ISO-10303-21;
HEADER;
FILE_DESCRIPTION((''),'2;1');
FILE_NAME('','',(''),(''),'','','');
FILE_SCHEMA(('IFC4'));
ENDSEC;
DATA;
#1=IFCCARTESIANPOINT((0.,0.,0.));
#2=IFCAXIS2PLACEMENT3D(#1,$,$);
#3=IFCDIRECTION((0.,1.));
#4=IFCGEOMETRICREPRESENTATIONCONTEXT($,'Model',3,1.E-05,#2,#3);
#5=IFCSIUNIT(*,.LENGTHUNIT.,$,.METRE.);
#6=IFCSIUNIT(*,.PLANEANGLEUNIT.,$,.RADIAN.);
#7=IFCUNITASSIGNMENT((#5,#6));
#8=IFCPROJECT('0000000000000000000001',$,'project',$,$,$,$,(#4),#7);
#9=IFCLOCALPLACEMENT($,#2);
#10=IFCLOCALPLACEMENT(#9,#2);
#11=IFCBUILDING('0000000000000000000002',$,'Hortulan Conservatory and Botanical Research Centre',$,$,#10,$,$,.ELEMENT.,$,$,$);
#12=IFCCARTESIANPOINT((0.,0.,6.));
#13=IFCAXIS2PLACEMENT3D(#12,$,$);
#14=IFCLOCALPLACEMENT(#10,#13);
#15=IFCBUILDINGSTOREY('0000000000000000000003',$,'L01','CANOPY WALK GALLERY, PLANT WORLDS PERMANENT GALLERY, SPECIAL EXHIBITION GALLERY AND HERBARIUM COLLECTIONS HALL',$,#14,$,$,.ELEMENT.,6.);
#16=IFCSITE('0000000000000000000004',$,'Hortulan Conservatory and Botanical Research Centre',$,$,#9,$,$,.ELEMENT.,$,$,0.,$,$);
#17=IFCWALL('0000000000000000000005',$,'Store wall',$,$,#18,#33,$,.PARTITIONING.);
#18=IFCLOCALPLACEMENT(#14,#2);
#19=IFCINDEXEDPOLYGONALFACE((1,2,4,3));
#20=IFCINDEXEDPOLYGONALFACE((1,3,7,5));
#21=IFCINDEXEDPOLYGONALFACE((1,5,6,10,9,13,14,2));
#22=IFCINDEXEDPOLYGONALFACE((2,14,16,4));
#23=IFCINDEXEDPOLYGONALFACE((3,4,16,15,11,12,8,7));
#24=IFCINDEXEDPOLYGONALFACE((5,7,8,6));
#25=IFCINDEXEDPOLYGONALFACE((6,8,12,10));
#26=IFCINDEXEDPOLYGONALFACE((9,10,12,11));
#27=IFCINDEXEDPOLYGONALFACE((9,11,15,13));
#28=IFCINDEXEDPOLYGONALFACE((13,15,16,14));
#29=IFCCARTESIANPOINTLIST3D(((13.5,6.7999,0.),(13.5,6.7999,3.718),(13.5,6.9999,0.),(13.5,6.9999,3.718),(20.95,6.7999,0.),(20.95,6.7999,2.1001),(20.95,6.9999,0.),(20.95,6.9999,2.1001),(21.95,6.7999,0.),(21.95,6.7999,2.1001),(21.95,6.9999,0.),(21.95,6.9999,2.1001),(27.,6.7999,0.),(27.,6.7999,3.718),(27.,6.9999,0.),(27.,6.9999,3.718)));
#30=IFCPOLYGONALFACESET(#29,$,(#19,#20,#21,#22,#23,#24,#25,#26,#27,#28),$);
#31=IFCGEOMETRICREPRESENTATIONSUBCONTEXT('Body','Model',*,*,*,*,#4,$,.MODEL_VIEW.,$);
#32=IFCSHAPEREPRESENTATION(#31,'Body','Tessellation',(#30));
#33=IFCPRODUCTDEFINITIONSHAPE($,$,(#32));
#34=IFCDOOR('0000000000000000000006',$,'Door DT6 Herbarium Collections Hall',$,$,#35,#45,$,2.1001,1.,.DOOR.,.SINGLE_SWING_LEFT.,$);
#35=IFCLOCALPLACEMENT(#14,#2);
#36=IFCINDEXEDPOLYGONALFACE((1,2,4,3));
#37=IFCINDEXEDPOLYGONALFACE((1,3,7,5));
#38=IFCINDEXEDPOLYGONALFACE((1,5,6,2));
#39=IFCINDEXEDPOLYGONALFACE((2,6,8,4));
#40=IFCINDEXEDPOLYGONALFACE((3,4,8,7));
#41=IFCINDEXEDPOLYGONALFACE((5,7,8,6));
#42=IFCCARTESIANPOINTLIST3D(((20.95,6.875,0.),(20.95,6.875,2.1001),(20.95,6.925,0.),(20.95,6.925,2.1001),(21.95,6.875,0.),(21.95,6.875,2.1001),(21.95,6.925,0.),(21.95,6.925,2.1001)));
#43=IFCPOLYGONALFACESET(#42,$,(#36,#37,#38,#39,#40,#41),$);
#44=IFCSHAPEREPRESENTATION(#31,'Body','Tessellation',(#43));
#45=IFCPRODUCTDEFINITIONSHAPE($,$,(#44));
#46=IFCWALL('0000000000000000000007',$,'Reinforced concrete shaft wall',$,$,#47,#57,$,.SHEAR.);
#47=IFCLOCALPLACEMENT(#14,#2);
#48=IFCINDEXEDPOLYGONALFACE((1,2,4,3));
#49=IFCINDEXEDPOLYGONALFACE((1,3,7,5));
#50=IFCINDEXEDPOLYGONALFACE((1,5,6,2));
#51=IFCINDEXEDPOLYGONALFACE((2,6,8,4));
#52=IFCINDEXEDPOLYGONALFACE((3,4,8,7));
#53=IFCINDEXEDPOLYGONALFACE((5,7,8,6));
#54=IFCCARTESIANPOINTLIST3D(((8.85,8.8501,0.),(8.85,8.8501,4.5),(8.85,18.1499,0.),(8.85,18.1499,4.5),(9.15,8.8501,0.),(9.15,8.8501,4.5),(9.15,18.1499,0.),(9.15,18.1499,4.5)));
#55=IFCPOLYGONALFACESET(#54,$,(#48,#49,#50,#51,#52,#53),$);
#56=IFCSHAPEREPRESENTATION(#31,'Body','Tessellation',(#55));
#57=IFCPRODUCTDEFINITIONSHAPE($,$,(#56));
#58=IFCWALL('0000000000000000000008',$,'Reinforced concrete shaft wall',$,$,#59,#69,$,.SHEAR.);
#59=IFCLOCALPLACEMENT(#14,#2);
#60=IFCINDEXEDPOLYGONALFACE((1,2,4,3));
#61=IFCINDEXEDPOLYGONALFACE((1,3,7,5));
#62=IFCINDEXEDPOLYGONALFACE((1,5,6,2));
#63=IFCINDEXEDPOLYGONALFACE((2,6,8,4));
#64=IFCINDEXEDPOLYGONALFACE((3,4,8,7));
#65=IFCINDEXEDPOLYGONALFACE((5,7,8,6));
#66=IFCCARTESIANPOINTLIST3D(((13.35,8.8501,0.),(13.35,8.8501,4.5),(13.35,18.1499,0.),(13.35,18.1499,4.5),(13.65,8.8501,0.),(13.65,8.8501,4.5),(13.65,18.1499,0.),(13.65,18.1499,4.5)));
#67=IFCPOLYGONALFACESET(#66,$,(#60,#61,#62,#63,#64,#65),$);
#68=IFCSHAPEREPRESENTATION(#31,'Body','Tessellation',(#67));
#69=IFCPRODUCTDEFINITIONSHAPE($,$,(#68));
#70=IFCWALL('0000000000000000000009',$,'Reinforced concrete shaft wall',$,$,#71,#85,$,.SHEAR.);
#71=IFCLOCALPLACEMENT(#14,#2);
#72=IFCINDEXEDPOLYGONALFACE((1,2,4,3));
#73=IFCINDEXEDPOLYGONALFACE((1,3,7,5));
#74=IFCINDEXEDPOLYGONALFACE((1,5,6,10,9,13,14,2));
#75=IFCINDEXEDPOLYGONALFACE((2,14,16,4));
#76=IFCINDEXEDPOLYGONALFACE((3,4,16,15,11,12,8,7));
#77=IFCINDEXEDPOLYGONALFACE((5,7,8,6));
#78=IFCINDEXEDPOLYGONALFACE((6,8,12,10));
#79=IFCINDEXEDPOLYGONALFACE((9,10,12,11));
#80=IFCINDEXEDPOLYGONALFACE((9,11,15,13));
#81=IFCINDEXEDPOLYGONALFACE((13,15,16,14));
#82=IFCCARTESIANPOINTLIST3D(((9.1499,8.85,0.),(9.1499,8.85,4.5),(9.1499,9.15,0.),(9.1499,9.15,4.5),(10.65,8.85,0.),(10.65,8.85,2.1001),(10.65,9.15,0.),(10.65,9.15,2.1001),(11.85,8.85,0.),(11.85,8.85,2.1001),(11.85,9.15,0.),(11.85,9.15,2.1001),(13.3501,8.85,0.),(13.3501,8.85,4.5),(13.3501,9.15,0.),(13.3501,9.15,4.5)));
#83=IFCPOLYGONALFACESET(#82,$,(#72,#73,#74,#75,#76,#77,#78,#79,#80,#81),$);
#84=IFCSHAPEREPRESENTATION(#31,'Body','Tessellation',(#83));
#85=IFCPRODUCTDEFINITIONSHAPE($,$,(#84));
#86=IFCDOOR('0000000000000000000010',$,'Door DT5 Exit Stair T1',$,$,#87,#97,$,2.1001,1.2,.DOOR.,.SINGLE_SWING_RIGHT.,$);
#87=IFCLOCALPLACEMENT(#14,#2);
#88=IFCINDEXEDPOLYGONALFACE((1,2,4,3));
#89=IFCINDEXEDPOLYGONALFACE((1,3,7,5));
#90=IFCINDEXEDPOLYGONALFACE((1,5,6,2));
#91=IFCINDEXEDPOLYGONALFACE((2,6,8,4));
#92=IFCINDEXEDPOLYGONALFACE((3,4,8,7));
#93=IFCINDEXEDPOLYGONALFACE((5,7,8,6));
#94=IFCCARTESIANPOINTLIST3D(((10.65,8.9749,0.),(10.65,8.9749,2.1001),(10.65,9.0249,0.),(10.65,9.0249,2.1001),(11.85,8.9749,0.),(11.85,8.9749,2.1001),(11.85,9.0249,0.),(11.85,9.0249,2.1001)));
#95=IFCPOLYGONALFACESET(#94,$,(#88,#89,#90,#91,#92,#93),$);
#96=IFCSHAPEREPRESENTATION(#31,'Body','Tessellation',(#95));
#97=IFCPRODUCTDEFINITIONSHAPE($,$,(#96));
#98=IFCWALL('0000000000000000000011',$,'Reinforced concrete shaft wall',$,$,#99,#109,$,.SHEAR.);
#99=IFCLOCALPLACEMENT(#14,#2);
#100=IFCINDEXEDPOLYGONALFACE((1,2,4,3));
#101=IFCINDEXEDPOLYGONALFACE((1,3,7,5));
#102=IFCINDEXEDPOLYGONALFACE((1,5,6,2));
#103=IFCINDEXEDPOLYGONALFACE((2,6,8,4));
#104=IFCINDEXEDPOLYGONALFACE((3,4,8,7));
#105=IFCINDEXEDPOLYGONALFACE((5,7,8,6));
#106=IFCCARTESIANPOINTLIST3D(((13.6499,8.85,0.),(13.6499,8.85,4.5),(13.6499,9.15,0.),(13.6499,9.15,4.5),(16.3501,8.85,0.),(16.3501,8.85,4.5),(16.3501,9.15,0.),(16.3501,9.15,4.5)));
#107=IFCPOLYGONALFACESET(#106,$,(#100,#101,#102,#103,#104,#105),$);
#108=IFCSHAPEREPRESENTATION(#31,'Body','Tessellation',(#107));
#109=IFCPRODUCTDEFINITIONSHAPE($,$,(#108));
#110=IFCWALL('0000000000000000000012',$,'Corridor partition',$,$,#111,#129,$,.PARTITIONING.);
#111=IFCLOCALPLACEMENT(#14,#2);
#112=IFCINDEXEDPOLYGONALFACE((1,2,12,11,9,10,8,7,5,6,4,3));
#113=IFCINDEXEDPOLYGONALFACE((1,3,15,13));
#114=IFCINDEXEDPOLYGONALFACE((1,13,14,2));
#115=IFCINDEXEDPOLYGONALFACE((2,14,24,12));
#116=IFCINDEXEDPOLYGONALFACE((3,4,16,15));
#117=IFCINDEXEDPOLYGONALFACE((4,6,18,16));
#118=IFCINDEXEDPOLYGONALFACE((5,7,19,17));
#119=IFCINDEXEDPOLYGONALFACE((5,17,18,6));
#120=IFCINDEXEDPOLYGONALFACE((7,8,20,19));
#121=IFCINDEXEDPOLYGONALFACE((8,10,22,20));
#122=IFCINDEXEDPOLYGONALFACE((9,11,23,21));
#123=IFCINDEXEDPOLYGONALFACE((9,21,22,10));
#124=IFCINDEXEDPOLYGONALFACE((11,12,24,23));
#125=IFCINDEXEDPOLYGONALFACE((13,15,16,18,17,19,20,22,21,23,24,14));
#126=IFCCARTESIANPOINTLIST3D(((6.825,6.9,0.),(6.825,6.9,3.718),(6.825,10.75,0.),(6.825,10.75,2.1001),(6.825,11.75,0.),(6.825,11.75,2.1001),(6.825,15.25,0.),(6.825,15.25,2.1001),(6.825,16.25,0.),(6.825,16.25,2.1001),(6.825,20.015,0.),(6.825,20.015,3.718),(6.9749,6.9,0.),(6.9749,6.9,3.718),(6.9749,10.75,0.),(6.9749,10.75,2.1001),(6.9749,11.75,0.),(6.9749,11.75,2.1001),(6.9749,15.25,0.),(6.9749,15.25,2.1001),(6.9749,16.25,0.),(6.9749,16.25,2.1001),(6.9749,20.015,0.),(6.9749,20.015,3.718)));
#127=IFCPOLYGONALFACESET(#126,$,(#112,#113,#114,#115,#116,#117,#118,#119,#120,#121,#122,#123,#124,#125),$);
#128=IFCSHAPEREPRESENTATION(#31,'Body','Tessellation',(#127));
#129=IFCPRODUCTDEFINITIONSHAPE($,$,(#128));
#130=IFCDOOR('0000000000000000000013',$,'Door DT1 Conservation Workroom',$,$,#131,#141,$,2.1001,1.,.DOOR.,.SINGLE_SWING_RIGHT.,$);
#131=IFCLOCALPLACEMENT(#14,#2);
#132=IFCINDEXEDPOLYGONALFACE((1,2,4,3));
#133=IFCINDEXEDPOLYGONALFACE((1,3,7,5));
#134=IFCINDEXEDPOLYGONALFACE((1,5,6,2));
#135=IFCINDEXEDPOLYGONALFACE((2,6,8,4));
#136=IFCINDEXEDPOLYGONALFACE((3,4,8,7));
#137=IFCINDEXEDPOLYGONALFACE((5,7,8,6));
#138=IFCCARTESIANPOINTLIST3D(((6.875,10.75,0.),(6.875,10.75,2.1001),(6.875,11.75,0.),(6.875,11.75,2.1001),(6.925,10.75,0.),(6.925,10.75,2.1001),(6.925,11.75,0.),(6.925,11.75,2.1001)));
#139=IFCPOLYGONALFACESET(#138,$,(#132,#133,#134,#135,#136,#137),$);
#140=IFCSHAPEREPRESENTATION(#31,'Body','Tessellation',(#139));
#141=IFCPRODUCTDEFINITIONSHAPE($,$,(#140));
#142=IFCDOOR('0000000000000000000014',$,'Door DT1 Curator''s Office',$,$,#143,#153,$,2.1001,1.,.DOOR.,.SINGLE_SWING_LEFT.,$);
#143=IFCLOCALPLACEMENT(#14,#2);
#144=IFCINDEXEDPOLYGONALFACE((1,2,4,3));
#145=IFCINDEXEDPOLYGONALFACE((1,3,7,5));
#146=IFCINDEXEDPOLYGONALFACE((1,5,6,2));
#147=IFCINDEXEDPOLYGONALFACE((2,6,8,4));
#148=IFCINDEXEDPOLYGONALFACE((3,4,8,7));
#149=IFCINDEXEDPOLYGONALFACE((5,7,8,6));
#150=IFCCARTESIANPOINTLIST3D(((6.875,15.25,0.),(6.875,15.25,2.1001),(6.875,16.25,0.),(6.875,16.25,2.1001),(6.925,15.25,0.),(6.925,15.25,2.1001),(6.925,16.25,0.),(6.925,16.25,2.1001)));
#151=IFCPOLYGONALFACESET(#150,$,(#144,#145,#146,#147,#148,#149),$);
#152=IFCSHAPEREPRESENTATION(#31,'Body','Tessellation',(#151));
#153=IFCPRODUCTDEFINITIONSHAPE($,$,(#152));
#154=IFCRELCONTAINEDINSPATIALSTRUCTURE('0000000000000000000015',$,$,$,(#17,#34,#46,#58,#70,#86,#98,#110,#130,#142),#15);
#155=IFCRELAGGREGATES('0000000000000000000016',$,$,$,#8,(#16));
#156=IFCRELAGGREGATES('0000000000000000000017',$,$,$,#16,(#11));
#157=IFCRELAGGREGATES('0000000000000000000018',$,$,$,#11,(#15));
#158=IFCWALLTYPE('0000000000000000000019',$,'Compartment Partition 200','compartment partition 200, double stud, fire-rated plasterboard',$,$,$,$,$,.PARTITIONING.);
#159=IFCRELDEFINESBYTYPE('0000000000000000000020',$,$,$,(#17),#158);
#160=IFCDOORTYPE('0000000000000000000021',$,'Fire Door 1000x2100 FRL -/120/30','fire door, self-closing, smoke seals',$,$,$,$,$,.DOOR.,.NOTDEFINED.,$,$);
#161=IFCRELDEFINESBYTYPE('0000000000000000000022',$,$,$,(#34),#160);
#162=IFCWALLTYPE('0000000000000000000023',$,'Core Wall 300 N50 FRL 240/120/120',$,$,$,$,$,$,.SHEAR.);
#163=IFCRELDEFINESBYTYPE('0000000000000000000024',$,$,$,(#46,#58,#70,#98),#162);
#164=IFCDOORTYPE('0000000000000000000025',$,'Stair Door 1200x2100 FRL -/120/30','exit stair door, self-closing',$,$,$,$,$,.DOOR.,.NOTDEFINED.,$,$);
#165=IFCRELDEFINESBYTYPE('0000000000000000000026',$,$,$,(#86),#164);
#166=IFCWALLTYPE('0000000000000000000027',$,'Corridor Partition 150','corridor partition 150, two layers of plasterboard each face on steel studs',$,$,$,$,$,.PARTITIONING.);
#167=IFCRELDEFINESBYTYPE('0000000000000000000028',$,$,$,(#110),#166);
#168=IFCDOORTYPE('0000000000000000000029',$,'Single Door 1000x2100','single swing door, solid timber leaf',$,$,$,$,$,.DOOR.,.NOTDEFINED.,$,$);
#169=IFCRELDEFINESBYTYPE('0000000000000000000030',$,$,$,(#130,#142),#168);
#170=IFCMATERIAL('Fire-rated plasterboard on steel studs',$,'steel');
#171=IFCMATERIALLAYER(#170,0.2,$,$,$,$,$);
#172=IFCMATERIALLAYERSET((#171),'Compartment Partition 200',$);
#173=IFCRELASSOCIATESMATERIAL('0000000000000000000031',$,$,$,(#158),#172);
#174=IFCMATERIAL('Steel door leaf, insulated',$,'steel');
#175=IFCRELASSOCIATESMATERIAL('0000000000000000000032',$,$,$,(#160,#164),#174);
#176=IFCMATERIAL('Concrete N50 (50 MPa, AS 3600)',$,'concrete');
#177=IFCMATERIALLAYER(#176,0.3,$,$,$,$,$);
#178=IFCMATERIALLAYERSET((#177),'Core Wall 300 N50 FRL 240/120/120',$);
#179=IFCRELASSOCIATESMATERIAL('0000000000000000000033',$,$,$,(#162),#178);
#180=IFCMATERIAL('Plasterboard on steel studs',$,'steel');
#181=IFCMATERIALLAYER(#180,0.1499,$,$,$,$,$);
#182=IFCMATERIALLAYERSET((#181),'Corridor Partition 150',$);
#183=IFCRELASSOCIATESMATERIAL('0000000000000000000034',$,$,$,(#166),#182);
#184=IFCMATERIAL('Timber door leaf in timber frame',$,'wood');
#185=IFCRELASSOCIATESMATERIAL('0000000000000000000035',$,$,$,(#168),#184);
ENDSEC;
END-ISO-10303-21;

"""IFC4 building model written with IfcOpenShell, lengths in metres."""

from ifc_helpers import new_model, si_unit, direction, frame, frame_2d, origin, place, context, subcontext, project, spatial, rectangle, extrude, material, layer, layer_set, type_object, element, fill, save


model = new_model("IFC4")

# Units and contexts
model_context = context("Model", 3, precision=1e-05, world=origin(), true_north=direction((0.0, 1.0)))
body_context = subcontext(model_context, "Body", "Model", "MODEL_VIEW")
ifc_project = project(units=[si_unit("LENGTHUNIT", "METRE"), si_unit("PLANEANGLEUNIT", "RADIAN")], contexts=[model_context])

# Site, building, storey
site_placement = place(None, origin())
site = spatial("IfcSite", under=ifc_project, at=site_placement, Name="Hortulan Conservatory and Botanical Research Centre", CompositionType="ELEMENT", RefElevation=0.0)
building_placement = place(site_placement, origin())
building = spatial("IfcBuilding", under=site, at=building_placement, Name="Hortulan Conservatory and Botanical Research Centre", CompositionType="ELEMENT")
storey_placement = place(building_placement, frame((0.0, 0.0, 6.0)))
storey = spatial("IfcBuildingStorey", under=building, at=storey_placement, Name="L01", Description="CANOPY WALK GALLERY, PLANT WORLDS PERMANENT GALLERY, SPECIAL EXHIBITION GALLERY AND HERBARIUM COLLECTIONS HALL", CompositionType="ELEMENT", Elevation=6.0)

# Wall, opening, door
ifc_material_1 = material(Name="Fire-rated plasterboard on steel studs", Category="steel")
ifc_layer_1 = layer(ifc_material_1, 0.2)
ifc_layer_set_1 = layer_set([ifc_layer_1], Name="Compartment Partition 200")
wall_type_1 = type_object("IfcWallType", Name="Compartment Partition 200", Description="compartment partition 200, double stud, fire-rated plasterboard", PredefinedType="PARTITIONING", material=ifc_layer_set_1)
wall_1_placement = place(storey_placement, frame((13.5, 6.8999, 0.0), z_axis=(0.0, 0.0, 1.0), x_axis=(1.0, 0.0, 0.0)))
wall_1 = element("IfcWall", 1, at=wall_1_placement, inside=storey, type_object=wall_type_1, Name="Store wall", PredefinedType="PARTITIONING", context=body_context, shape_type="SweptSolid", body=[
    extrude(rectangle(XDim=13.5, YDim=0.2, at=frame_2d((6.75, 0.0))), origin(), (0.0, 0.0, 1.0), 3.718),
])
opening_1_placement = place(wall_1_placement, frame((7.45, 0.0, 0.0)))
opening_1 = element("IfcOpeningElement", 2, at=opening_1_placement, cuts=wall_1, PredefinedType="OPENING", context=body_context, shape_type="SweptSolid", body=[
    extrude(rectangle(XDim=1.0, YDim=2.1001, at=frame_2d((0.5, 1.05))), frame((0.0, 0.1099, 0.0), z_axis=(0.0, -1.0, 0.0), x_axis=(1.0, 0.0, 0.0)), (0.0, 0.0, 1.0), 0.22),
])
ifc_material_2 = material(Name="Steel door leaf, insulated", Category="steel")
door_type_1 = type_object("IfcDoorType", Name="Fire Door 1000x2100 FRL -/120/30", Description="fire door, self-closing, smoke seals", OperationType="NOTDEFINED", PredefinedType="DOOR", material=ifc_material_2)
door_1_placement = place(opening_1_placement, frame((1.0, 0.0, 0.0), z_axis=(0.0, 0.0, 1.0), x_axis=(-1.0, 0.0, 0.0)))
door_1 = element("IfcDoor", 3, at=door_1_placement, inside=storey, type_object=door_type_1, Name="Door DT6 Herbarium Collections Hall", OperationType="SINGLE_SWING_LEFT", OverallHeight=2.1001, OverallWidth=1.0, PredefinedType="DOOR", context=body_context, shape_type="SweptSolid", body=[
    extrude(rectangle(XDim=1.0, YDim=2.1001, at=frame_2d((0.5, 1.05))), frame((0.0, 0.0249, 0.0), z_axis=(0.0, -1.0, 0.0), x_axis=(1.0, 0.0, 0.0)), (0.0, 0.0, 1.0), 0.05),
])
fill(opening_1, door_1)

# Walls
ifc_material_3 = material(Name="Concrete N50 (50 MPa, AS 3600)", Category="concrete")
ifc_layer_2 = layer(ifc_material_3, 0.3)
ifc_layer_set_2 = layer_set([ifc_layer_2], Name="Core Wall 300 N50 FRL 240/120/120")
wall_type_2 = type_object("IfcWallType", Name="Core Wall 300 N50 FRL 240/120/120", PredefinedType="SHEAR", material=ifc_layer_set_2)
for number, where, z_axis, x_axis, name in (
    (4, (9.0, 8.8501, 0.0), (0.0, 0.0, 1.0), (0.0, 1.0, 0.0), "Reinforced concrete shaft wall"),
    (5, (13.5, 8.8501, 0.0), (0.0, 0.0, 1.0), (0.0, 1.0, 0.0), "Reinforced concrete shaft wall"),
):
    element("IfcWall", number, at=place(storey_placement, frame(where, z_axis=z_axis, x_axis=x_axis)), inside=storey, type_object=wall_type_2, Name=name, PredefinedType="SHEAR", context=body_context, shape_type="SweptSolid", body=[
        extrude(rectangle(XDim=9.2998, YDim=0.3, at=frame_2d((4.6499, 0.0))), origin(), (0.0, 0.0, 1.0), 4.5),
    ])

# Wall, opening, door
wall_2_placement = place(storey_placement, frame((9.1499, 9.0, 0.0), z_axis=(0.0, 0.0, 1.0), x_axis=(1.0, 0.0, 0.0)))
wall_2 = element("IfcWall", 6, at=wall_2_placement, inside=storey, type_object=wall_type_2, Name="Reinforced concrete shaft wall", PredefinedType="SHEAR", context=body_context, shape_type="SweptSolid", body=[
    extrude(rectangle(XDim=4.2002, YDim=0.3, at=frame_2d((2.1001, 0.0))), origin(), (0.0, 0.0, 1.0), 4.5),
])
opening_2_placement = place(wall_2_placement, frame((1.5, 0.0, 0.0)))
opening_2 = element("IfcOpeningElement", 7, at=opening_2_placement, cuts=wall_2, PredefinedType="OPENING", context=body_context, shape_type="SweptSolid", body=[
    extrude(rectangle(XDim=1.2, YDim=2.1001, at=frame_2d((0.6001, 1.05))), frame((0.0, 0.1599, 0.0), z_axis=(0.0, -1.0, 0.0), x_axis=(1.0, 0.0, 0.0)), (0.0, 0.0, 1.0), 0.3201),
])
door_type_2 = type_object("IfcDoorType", Name="Stair Door 1200x2100 FRL -/120/30", Description="exit stair door, self-closing", OperationType="NOTDEFINED", PredefinedType="DOOR", material=ifc_material_2)
door_2_placement = place(opening_2_placement, origin())
door_2 = element("IfcDoor", 8, at=door_2_placement, inside=storey, type_object=door_type_2, Name="Door DT5 Exit Stair T1", OperationType="SINGLE_SWING_RIGHT", OverallHeight=2.1001, OverallWidth=1.2, PredefinedType="DOOR", context=body_context, shape_type="SweptSolid", body=[
    extrude(rectangle(XDim=1.2, YDim=2.1001, at=frame_2d((0.6001, 1.05))), frame((0.0, 0.0249, 0.0), z_axis=(0.0, -1.0, 0.0), x_axis=(1.0, 0.0, 0.0)), (0.0, 0.0, 1.0), 0.05),
])
fill(opening_2, door_2)

# Wall
wall_3_placement = place(storey_placement, frame((13.6499, 9.0, 0.0), z_axis=(0.0, 0.0, 1.0), x_axis=(1.0, 0.0, 0.0)))
element("IfcWall", 9, at=wall_3_placement, inside=storey, type_object=wall_type_2, Name="Reinforced concrete shaft wall", PredefinedType="SHEAR", context=body_context, shape_type="SweptSolid", body=[
    extrude(rectangle(XDim=2.7002, YDim=0.3, at=frame_2d((1.3501, 0.0))), origin(), (0.0, 0.0, 1.0), 4.5),
])

# Wall, openings, doors
ifc_material_4 = material(Name="Plasterboard on steel studs", Category="steel")
ifc_layer_3 = layer(ifc_material_4, 0.1499)
ifc_layer_set_3 = layer_set([ifc_layer_3], Name="Corridor Partition 150")
wall_type_3 = type_object("IfcWallType", Name="Corridor Partition 150", Description="corridor partition 150, two layers of plasterboard each face on steel studs", PredefinedType="PARTITIONING", material=ifc_layer_set_3)
wall_4_placement = place(storey_placement, frame((6.8999, 6.8999, 0.0), z_axis=(0.0, 0.0, 1.0), x_axis=(0.0, 1.0, 0.0)))
wall_4 = element("IfcWall", 10, at=wall_4_placement, inside=storey, type_object=wall_type_3, Name="Corridor partition", PredefinedType="PARTITIONING", context=body_context, shape_type="SweptSolid", body=[
    extrude(rectangle(XDim=13.115, YDim=0.1499, at=frame_2d((6.5576, 0.0))), origin(), (0.0, 0.0, 1.0), 3.718),
])
opening_3_placement = place(wall_4_placement, frame((3.8501, 0.0, 0.0)))
opening_3 = element("IfcOpeningElement", 11, at=opening_3_placement, cuts=wall_4, PredefinedType="OPENING", context=body_context, shape_type="SweptSolid", body=[
    extrude(rectangle(XDim=1.0, YDim=2.1001, at=frame_2d((0.5, 1.05))), frame((0.0, 0.085, 0.0), z_axis=(0.0, -1.0, 0.0), x_axis=(1.0, 0.0, 0.0)), (0.0, 0.0, 1.0), 0.1699),
])
opening_4_placement = place(wall_4_placement, frame((8.3501, 0.0, 0.0)))
opening_4 = element("IfcOpeningElement", 12, at=opening_4_placement, cuts=wall_4, PredefinedType="OPENING", context=body_context, shape_type="SweptSolid", body=[
    extrude(rectangle(XDim=1.0, YDim=2.1001, at=frame_2d((0.5, 1.05))), frame((0.0, 0.085, 0.0), z_axis=(0.0, -1.0, 0.0), x_axis=(1.0, 0.0, 0.0)), (0.0, 0.0, 1.0), 0.1699),
])
ifc_material_5 = material(Name="Timber door leaf in timber frame", Category="wood")
door_type_3 = type_object("IfcDoorType", Name="Single Door 1000x2100", Description="single swing door, solid timber leaf", OperationType="NOTDEFINED", PredefinedType="DOOR", material=ifc_material_5)
door_3_placement = place(opening_3_placement, origin())
door_3 = element("IfcDoor", 13, at=door_3_placement, inside=storey, type_object=door_type_3, Name="Door DT1 Conservation Workroom", OperationType="SINGLE_SWING_RIGHT", OverallHeight=2.1001, OverallWidth=1.0, PredefinedType="DOOR", context=body_context, shape_type="SweptSolid", body=[
    extrude(rectangle(XDim=1.0, YDim=2.1001, at=frame_2d((0.5, 1.05))), frame((0.0, 0.0249, 0.0), z_axis=(0.0, -1.0, 0.0), x_axis=(1.0, 0.0, 0.0)), (0.0, 0.0, 1.0), 0.05),
])
fill(opening_3, door_3)
door_4_placement = place(opening_4_placement, origin())
door_4 = element("IfcDoor", 14, at=door_4_placement, inside=storey, type_object=door_type_3, Name="Door DT1 Curator's Office", OperationType="SINGLE_SWING_LEFT", OverallHeight=2.1001, OverallWidth=1.0, PredefinedType="DOOR", context=body_context, shape_type="SweptSolid", body=[
    extrude(rectangle(XDim=1.0, YDim=2.1001, at=frame_2d((0.5, 1.05))), frame((0.0, 0.0249, 0.0), z_axis=(0.0, -1.0, 0.0), x_axis=(1.0, 0.0, 0.0)), (0.0, 0.0, 1.0), 0.05),
])
fill(opening_4, door_4)

save(model, "model.ifc")
